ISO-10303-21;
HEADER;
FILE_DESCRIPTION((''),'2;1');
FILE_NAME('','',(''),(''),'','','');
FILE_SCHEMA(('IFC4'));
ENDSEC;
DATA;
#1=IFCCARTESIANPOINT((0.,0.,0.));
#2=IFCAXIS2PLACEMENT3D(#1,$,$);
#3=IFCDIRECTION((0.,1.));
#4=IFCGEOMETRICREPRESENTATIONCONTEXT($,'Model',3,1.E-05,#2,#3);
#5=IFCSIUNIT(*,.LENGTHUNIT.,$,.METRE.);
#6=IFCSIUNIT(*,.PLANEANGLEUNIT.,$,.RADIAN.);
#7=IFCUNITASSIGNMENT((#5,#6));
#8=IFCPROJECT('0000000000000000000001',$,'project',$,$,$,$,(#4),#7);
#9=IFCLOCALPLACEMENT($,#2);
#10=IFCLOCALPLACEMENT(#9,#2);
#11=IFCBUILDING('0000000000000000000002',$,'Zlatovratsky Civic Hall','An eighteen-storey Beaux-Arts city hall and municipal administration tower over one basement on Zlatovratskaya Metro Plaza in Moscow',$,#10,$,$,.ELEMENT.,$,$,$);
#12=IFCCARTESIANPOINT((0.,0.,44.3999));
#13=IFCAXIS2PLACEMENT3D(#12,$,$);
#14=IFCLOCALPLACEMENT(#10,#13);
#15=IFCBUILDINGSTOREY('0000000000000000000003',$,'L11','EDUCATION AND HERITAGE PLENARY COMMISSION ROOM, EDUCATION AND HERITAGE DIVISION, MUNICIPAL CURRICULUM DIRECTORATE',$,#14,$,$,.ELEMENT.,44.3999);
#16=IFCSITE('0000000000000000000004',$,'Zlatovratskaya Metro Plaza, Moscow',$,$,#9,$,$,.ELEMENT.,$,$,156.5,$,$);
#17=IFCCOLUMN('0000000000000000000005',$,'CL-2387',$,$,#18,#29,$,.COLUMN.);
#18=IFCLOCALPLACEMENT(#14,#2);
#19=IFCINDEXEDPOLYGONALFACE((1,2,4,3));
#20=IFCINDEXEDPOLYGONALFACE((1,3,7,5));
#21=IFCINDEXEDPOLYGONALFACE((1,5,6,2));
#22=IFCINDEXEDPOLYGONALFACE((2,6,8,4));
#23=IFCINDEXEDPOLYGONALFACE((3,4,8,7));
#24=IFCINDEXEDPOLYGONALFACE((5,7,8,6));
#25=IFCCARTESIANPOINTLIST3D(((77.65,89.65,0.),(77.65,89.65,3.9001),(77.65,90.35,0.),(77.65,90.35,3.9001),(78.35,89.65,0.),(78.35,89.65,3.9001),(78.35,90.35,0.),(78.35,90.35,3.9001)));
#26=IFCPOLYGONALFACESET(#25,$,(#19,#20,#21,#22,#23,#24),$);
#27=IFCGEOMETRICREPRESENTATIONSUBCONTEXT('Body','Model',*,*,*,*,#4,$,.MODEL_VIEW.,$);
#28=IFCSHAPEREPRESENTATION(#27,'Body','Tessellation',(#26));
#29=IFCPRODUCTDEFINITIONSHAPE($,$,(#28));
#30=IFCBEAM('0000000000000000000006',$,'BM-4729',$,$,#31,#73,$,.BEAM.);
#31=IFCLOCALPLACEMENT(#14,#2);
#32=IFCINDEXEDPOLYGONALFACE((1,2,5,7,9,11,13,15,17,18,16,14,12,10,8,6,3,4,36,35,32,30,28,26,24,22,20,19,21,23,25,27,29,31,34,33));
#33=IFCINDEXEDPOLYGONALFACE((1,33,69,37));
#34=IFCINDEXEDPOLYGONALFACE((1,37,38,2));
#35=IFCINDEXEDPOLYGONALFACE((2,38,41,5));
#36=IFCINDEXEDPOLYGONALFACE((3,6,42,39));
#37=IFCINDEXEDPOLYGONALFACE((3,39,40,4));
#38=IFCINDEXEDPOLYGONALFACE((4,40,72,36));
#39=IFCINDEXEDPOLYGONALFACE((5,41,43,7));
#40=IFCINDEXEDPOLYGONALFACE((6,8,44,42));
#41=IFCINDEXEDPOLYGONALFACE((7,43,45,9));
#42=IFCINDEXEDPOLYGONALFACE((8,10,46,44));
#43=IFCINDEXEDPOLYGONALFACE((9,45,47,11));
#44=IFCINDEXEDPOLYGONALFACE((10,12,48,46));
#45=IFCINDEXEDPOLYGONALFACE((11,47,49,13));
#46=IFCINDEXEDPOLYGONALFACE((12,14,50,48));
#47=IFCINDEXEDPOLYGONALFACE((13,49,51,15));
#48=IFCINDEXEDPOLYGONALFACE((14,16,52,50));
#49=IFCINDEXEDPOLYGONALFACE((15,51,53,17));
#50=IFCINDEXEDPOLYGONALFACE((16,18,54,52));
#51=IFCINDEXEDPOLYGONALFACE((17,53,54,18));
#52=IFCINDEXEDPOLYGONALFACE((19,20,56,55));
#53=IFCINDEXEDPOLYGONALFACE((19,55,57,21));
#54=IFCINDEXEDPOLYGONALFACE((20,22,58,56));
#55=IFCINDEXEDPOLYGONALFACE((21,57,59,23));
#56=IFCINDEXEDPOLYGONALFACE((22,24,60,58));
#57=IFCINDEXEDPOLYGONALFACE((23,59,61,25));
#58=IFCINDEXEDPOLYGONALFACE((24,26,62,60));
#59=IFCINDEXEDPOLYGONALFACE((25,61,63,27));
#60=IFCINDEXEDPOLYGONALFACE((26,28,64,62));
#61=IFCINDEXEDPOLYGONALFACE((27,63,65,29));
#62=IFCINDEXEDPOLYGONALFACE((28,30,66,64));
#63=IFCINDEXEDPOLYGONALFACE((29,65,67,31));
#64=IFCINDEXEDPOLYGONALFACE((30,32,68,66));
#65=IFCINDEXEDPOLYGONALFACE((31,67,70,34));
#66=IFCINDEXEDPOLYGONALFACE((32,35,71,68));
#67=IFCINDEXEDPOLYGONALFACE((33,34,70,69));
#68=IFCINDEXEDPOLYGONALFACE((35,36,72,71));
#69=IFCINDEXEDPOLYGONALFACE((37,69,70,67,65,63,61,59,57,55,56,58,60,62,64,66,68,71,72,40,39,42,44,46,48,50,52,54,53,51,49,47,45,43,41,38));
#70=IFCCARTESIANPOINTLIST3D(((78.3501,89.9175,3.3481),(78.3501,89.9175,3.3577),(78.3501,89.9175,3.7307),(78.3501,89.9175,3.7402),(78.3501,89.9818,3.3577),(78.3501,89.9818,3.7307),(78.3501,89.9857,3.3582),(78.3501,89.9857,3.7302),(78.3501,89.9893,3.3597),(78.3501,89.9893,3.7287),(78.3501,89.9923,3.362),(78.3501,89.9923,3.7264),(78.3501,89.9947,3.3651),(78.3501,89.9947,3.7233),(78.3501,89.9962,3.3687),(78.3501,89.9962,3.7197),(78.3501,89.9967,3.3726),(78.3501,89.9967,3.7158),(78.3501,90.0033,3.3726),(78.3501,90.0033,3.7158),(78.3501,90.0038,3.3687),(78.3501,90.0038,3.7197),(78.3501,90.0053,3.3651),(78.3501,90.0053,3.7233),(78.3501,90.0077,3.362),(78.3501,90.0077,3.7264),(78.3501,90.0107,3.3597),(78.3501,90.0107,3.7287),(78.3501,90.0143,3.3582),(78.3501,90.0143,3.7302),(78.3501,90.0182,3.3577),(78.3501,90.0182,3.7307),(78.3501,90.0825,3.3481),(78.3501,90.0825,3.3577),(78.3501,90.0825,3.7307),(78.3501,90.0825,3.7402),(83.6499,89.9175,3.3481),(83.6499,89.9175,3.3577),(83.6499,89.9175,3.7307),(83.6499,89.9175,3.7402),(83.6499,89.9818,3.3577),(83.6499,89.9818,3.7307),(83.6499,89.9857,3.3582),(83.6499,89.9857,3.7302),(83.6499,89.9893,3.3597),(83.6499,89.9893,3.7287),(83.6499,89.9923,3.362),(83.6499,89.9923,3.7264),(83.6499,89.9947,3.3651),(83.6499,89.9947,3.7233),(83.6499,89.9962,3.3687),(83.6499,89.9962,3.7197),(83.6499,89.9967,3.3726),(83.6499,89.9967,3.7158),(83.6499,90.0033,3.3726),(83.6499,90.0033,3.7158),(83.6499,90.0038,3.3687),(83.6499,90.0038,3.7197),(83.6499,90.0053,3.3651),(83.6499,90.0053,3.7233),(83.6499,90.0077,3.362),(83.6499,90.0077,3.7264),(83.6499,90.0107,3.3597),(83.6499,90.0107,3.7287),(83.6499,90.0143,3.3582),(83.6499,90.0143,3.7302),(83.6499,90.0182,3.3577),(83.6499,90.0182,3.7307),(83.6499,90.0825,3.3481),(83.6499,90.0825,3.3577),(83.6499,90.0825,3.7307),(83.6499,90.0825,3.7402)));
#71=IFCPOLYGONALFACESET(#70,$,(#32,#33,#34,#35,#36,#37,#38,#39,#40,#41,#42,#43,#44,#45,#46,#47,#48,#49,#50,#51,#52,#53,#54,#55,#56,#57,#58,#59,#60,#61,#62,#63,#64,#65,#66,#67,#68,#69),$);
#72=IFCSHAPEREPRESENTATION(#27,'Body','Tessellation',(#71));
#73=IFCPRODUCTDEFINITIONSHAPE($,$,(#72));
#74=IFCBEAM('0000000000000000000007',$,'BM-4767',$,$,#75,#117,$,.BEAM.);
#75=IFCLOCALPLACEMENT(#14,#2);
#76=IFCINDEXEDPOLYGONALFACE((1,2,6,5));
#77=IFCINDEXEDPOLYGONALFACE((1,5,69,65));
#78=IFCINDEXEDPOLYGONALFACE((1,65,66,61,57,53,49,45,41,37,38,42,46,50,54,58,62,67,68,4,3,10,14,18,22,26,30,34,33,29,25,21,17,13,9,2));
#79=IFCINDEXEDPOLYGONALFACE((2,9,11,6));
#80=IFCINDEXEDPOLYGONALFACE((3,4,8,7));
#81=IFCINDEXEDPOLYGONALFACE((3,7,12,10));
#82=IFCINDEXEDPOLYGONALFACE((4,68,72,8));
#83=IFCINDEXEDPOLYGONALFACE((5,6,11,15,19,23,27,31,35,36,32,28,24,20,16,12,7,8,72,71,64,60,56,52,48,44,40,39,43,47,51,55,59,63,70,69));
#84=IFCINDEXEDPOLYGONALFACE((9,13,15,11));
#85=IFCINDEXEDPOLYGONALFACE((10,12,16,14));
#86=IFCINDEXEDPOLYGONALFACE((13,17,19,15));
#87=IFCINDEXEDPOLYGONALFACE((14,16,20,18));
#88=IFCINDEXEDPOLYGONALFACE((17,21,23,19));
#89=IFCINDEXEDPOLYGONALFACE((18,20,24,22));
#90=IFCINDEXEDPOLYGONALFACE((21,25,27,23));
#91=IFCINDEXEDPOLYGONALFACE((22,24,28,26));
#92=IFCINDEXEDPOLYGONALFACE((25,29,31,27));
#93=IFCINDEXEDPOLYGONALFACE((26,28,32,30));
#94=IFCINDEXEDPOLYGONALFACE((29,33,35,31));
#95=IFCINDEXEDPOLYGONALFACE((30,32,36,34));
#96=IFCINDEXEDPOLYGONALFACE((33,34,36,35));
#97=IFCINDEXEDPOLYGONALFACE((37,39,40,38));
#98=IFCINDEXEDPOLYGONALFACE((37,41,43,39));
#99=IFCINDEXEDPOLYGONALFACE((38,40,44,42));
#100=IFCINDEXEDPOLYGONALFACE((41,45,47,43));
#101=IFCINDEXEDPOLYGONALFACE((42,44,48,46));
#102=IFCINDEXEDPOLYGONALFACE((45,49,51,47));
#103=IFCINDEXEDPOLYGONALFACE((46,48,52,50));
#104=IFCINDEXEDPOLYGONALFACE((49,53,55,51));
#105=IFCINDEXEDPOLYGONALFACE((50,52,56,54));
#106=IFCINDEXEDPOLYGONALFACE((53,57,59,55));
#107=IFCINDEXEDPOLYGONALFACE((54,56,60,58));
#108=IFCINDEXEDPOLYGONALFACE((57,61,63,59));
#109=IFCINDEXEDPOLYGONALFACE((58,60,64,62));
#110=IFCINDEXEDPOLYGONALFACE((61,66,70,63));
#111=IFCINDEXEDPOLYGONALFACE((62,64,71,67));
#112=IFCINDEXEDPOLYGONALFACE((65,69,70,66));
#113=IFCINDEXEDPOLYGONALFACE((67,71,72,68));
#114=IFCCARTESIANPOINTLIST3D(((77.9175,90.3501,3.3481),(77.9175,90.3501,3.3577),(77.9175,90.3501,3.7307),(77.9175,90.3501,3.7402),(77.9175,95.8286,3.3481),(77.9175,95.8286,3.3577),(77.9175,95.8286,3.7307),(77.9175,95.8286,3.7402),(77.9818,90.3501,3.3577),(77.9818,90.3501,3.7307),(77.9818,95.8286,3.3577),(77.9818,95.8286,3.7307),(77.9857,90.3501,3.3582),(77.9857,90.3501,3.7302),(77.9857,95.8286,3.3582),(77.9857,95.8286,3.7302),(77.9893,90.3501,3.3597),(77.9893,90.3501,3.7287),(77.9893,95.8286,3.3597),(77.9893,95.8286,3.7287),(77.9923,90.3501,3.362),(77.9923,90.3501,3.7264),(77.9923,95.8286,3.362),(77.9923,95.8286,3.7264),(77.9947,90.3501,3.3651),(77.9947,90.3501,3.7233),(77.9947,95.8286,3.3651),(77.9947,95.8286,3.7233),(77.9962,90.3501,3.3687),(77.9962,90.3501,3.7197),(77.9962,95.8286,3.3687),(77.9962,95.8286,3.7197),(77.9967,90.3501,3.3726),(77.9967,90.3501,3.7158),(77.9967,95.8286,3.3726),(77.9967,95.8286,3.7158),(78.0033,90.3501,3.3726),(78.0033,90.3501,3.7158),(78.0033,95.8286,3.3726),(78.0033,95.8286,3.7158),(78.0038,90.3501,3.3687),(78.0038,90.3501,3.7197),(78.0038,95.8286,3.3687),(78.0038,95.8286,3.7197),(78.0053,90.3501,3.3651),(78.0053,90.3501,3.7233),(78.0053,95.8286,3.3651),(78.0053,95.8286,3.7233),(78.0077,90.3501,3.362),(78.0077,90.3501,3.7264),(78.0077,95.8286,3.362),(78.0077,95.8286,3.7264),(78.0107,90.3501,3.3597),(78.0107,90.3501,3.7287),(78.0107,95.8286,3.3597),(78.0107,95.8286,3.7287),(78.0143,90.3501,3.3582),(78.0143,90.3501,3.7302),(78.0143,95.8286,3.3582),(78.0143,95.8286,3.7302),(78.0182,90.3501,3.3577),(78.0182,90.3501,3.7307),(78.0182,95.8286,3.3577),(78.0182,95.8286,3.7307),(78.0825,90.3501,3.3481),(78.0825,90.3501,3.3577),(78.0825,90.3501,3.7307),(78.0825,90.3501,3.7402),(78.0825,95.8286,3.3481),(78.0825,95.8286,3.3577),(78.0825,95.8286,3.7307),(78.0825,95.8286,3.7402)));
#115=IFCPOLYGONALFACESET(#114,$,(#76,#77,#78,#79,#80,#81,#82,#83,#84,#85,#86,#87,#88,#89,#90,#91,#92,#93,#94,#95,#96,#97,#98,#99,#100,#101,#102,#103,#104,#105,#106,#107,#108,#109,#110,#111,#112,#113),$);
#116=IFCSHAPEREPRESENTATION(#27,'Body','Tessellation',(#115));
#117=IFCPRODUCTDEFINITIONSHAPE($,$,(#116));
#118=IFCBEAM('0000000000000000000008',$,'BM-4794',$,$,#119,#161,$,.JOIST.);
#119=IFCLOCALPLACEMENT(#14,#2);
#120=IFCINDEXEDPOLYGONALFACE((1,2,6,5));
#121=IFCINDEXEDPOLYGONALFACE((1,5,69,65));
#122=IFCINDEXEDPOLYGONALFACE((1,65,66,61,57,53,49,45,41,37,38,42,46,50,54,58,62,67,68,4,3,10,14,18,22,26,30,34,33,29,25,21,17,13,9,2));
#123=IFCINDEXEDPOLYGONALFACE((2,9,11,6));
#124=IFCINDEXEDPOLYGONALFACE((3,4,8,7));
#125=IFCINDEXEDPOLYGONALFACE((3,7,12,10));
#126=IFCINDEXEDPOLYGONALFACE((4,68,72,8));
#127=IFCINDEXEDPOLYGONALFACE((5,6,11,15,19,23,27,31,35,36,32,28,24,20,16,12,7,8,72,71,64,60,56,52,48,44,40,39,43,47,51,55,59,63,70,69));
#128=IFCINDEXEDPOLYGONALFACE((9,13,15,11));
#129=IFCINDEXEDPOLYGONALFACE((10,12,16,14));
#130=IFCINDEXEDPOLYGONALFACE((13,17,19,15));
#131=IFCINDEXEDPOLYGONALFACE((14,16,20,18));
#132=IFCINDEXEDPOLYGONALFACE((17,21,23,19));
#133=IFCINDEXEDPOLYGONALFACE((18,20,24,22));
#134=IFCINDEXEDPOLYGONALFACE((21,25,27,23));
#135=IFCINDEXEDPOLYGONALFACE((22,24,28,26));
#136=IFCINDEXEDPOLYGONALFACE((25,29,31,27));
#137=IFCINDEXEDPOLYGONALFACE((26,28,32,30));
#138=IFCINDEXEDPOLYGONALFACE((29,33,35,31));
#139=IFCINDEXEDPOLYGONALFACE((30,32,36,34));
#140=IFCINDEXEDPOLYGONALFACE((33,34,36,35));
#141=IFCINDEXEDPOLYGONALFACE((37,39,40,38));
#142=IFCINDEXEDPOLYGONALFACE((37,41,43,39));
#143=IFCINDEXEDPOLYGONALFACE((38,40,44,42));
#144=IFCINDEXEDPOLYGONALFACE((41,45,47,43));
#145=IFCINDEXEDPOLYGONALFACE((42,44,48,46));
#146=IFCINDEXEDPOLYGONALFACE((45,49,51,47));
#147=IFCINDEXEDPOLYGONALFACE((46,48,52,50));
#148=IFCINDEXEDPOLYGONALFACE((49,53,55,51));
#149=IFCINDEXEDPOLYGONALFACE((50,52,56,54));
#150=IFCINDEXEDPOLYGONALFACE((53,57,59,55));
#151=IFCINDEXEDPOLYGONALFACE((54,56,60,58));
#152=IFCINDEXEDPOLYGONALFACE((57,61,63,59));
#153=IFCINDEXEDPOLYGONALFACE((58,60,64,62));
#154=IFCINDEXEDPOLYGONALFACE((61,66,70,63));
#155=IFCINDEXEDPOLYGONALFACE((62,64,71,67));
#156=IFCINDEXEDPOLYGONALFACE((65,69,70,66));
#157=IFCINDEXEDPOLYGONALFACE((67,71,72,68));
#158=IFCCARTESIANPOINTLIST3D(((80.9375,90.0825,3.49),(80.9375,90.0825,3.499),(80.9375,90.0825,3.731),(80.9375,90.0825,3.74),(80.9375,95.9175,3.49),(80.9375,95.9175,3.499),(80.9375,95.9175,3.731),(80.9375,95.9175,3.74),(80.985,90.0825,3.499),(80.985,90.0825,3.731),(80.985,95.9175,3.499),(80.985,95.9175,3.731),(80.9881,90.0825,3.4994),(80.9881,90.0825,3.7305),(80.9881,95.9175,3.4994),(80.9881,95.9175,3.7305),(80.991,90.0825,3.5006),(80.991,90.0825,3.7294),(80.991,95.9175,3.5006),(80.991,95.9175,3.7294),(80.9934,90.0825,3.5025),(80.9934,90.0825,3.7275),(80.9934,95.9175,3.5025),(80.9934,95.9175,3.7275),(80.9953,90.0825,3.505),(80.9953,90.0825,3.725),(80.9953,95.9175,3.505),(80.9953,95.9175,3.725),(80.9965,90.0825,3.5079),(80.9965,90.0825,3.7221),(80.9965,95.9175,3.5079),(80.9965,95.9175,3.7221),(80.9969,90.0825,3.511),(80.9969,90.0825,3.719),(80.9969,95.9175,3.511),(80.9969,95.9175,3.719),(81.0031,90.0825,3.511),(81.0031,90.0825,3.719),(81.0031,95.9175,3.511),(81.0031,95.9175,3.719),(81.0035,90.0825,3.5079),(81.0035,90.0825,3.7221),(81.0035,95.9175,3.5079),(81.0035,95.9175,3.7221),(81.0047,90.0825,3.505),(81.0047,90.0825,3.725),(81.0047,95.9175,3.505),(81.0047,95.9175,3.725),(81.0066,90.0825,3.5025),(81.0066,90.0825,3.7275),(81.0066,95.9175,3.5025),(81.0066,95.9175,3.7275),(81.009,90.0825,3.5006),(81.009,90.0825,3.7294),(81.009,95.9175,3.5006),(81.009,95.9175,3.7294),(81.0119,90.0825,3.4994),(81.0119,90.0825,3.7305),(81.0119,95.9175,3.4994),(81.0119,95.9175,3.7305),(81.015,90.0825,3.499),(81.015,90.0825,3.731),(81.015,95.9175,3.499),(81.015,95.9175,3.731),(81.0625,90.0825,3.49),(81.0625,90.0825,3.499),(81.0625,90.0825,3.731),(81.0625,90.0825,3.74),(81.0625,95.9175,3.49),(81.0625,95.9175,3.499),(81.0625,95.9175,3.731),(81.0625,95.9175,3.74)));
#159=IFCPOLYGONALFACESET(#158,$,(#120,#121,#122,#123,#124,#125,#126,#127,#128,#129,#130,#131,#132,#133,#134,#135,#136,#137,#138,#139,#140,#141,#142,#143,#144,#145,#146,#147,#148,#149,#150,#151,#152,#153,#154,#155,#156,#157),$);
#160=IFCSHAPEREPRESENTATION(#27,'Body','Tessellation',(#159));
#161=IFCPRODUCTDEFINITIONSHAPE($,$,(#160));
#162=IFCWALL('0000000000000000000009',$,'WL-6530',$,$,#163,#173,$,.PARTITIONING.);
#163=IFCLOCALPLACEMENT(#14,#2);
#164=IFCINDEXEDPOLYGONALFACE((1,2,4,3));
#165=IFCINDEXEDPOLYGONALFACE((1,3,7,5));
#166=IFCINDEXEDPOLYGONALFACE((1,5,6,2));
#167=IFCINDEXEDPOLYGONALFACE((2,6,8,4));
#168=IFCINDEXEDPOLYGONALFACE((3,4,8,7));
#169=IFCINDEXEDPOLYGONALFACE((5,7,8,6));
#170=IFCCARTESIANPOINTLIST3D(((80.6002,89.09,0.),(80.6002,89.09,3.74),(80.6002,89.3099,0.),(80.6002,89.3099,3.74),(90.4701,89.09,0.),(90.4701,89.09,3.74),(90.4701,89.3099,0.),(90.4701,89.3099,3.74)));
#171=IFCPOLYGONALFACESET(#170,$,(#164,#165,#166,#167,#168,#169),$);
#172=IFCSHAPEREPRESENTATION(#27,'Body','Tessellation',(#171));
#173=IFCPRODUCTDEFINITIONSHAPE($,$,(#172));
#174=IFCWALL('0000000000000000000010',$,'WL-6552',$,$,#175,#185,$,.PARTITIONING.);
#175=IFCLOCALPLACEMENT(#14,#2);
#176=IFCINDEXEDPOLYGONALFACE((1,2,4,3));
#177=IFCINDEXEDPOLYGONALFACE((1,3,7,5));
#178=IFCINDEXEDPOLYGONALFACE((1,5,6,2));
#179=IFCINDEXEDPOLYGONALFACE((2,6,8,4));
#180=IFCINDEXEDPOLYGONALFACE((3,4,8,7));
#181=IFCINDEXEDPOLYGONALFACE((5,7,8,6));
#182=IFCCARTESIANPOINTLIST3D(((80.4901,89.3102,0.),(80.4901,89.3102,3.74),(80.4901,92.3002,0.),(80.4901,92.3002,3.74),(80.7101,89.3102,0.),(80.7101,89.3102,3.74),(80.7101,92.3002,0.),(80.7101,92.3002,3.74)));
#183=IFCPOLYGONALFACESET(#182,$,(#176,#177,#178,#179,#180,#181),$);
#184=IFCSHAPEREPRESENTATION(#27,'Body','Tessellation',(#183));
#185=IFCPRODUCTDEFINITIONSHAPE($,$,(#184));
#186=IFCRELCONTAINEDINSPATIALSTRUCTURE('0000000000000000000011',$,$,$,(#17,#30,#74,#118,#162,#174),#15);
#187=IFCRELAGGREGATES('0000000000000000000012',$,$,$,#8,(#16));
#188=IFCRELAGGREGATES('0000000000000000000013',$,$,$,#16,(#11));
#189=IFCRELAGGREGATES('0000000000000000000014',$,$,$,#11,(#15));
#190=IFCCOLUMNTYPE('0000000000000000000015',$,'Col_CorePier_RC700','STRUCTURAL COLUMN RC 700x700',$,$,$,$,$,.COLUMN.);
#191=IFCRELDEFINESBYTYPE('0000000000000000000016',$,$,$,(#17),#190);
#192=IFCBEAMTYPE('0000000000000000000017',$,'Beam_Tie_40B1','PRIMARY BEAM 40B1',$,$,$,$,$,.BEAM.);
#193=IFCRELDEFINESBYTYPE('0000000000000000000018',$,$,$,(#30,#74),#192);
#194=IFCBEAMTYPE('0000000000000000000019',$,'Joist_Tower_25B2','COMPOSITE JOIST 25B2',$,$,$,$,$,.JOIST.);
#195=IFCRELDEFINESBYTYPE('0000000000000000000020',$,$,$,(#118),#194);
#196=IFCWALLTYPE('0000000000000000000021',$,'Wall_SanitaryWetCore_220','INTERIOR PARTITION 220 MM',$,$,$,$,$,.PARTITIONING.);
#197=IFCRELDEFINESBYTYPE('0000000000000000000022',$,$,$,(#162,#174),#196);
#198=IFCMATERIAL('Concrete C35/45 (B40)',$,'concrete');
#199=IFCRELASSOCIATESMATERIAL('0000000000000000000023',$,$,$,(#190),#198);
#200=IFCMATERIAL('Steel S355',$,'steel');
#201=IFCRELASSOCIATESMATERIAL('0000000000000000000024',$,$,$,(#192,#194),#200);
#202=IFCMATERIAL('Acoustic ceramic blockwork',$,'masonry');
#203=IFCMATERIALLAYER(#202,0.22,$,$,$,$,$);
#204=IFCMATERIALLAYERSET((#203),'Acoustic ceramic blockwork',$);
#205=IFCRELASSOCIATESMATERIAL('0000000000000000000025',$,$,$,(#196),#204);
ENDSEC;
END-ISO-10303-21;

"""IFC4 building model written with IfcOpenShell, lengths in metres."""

from ifc_helpers import new_model, si_unit, direction, frame, frame_2d, origin, origin_2d, place, context, subcontext, project, spatial, rectangle, i_section, extrude, material, layer, layer_set, material_profile, profile_set, type_object, element, save


model = new_model("IFC4")

# Units and contexts
model_context = context("Model", 3, precision=1e-05, world=origin(), true_north=direction((0.0, 1.0)))
body_context = subcontext(model_context, "Body", "Model", "MODEL_VIEW")
ifc_project = project(units=[si_unit("LENGTHUNIT", "METRE"), si_unit("PLANEANGLEUNIT", "RADIAN")], contexts=[model_context])

# Site, building, storey
site_placement = place(None, origin())
site = spatial("IfcSite", under=ifc_project, at=site_placement, Name="Zlatovratskaya Metro Plaza, Moscow", CompositionType="ELEMENT", RefElevation=156.5)
building_placement = place(site_placement, origin())
building = spatial("IfcBuilding", under=site, at=building_placement, Name="Zlatovratsky Civic Hall", Description="An eighteen-storey Beaux-Arts city hall and municipal administration tower over one basement on Zlatovratskaya Metro Plaza in Moscow", CompositionType="ELEMENT")
storey_placement = place(building_placement, frame((0.0, 0.0, 44.3999)))
storey = spatial("IfcBuildingStorey", under=building, at=storey_placement, Name="L11", Description="EDUCATION AND HERITAGE PLENARY COMMISSION ROOM, EDUCATION AND HERITAGE DIVISION, MUNICIPAL CURRICULUM DIRECTORATE", CompositionType="ELEMENT", Elevation=44.3999)

# Column
ifc_material_1 = material(Name="Concrete C35/45 (B40)", Category="concrete")
ifc_material_profile_1 = material_profile(ifc_material_1, rectangle(XDim=0.7, YDim=0.7, at=origin_2d()), Name="RC 700x700")
ifc_profile_set_1 = profile_set([ifc_material_profile_1], Name="Concrete C35/45 (B40)")
column_type = type_object("IfcColumnType", Name="Col_CorePier_RC700", Description="STRUCTURAL COLUMN RC 700x700", PredefinedType="COLUMN", material=ifc_profile_set_1)
column_placement = place(storey_placement, frame((78.0, 90.0, 0.0), z_axis=(0.0, 0.0, 1.0), x_axis=(1.0, 0.0, 0.0)))
element("IfcColumn", 1, at=column_placement, inside=storey, type_object=column_type, Name="CL-2387", PredefinedType="COLUMN", context=body_context, shape_type="SweptSolid", body=[
    extrude(rectangle(XDim=0.7, YDim=0.7, at=origin_2d()), origin(), (0.0, 0.0, 1.0), 3.9001),
])

# Beams
ifc_material_2 = material(Name="Steel S355", Category="steel")
ifc_material_profile_2 = material_profile(ifc_material_2, i_section(OverallWidth=0.165, OverallDepth=0.3921, WebThickness=0.0066, FlangeThickness=0.0095, FilletRadius=0.0149, at=origin_2d()), Name="40B1")
ifc_profile_set_2 = profile_set([ifc_material_profile_2], Name="Steel S355")
beam_type_1 = type_object("IfcBeamType", Name="Beam_Tie_40B1", Description="PRIMARY BEAM 40B1", PredefinedType="BEAM", material=ifc_profile_set_2)
beam_1_placement = place(storey_placement, frame((78.3501, 90.0, 3.5442), z_axis=(1.0, 0.0, 0.0), x_axis=(0.0, 1.0, 0.0)))
element("IfcBeam", 2, at=beam_1_placement, inside=storey, type_object=beam_type_1, Name="BM-4729", PredefinedType="BEAM", context=body_context, shape_type="SweptSolid", body=[
    extrude(i_section(OverallWidth=0.165, OverallDepth=0.3921, WebThickness=0.0066, FlangeThickness=0.0095, FilletRadius=0.0149, at=origin_2d()), origin(), (0.0, 0.0, 1.0), 5.2998),
])
beam_2_placement = place(storey_placement, frame((78.0, 90.3501, 3.5442), z_axis=(0.0, 1.0, 0.0), x_axis=(-1.0, 0.0, 0.0)))
element("IfcBeam", 3, at=beam_2_placement, inside=storey, type_object=beam_type_1, Name="BM-4767", PredefinedType="BEAM", context=body_context, shape_type="SweptSolid", body=[
    extrude(i_section(OverallWidth=0.165, OverallDepth=0.3921, WebThickness=0.0066, FlangeThickness=0.0095, FilletRadius=0.0149, at=origin_2d()), origin(), (0.0, 0.0, 1.0), 5.4785),
])
ifc_material_profile_3 = material_profile(ifc_material_2, i_section(OverallWidth=0.125, OverallDepth=0.25, WebThickness=0.0061, FlangeThickness=0.009, FilletRadius=0.012, at=origin_2d()), Name="25B2")
ifc_profile_set_3 = profile_set([ifc_material_profile_3], Name="Steel S355")
beam_type_2 = type_object("IfcBeamType", Name="Joist_Tower_25B2", Description="COMPOSITE JOIST 25B2", PredefinedType="JOIST", material=ifc_profile_set_3)
beam_3_placement = place(storey_placement, frame((81.0, 90.0825, 3.615), z_axis=(0.0, 1.0, 0.0), x_axis=(-1.0, 0.0, 0.0)))
element("IfcBeam", 4, at=beam_3_placement, inside=storey, type_object=beam_type_2, Name="BM-4794", PredefinedType="JOIST", context=body_context, shape_type="SweptSolid", body=[
    extrude(i_section(OverallWidth=0.125, OverallDepth=0.25, WebThickness=0.0061, FlangeThickness=0.009, FilletRadius=0.012, at=origin_2d()), origin(), (0.0, 0.0, 1.0), 5.835),
])

# Walls
ifc_material_3 = material(Name="Acoustic ceramic blockwork", Category="masonry")
ifc_layer_1 = layer(ifc_material_3, 0.22)
ifc_layer_set_1 = layer_set([ifc_layer_1], Name="Acoustic ceramic blockwork")
wall_type_1 = type_object("IfcWallType", Name="Wall_SanitaryWetCore_220", Description="INTERIOR PARTITION 220 MM", PredefinedType="PARTITIONING", material=ifc_layer_set_1)
wall_1_placement = place(storey_placement, frame((80.6001, 89.2, 0.0), z_axis=(0.0, 0.0, 1.0), x_axis=(1.0, 0.0, 0.0)))
element("IfcWall", 5, at=wall_1_placement, inside=storey, type_object=wall_type_1, Name="WL-6530", PredefinedType="PARTITIONING", context=body_context, shape_type="SweptSolid", body=[
    extrude(rectangle(XDim=9.8699, YDim=0.22, at=frame_2d((4.9351, 0.0))), origin(), (0.0, 0.0, 1.0), 3.74),
])
wall_2_placement = place(storey_placement, frame((80.6001, 89.3101, 0.0), z_axis=(0.0, 0.0, 1.0), x_axis=(0.0, 1.0, 0.0)))
element("IfcWall", 6, at=wall_2_placement, inside=storey, type_object=wall_type_1, Name="WL-6552", PredefinedType="PARTITIONING", context=body_context, shape_type="SweptSolid", body=[
    extrude(rectangle(XDim=2.99, YDim=0.22, at=frame_2d((1.4951, 0.0))), origin(), (0.0, 0.0, 1.0), 3.74),
])

save(model, "model.ifc")
